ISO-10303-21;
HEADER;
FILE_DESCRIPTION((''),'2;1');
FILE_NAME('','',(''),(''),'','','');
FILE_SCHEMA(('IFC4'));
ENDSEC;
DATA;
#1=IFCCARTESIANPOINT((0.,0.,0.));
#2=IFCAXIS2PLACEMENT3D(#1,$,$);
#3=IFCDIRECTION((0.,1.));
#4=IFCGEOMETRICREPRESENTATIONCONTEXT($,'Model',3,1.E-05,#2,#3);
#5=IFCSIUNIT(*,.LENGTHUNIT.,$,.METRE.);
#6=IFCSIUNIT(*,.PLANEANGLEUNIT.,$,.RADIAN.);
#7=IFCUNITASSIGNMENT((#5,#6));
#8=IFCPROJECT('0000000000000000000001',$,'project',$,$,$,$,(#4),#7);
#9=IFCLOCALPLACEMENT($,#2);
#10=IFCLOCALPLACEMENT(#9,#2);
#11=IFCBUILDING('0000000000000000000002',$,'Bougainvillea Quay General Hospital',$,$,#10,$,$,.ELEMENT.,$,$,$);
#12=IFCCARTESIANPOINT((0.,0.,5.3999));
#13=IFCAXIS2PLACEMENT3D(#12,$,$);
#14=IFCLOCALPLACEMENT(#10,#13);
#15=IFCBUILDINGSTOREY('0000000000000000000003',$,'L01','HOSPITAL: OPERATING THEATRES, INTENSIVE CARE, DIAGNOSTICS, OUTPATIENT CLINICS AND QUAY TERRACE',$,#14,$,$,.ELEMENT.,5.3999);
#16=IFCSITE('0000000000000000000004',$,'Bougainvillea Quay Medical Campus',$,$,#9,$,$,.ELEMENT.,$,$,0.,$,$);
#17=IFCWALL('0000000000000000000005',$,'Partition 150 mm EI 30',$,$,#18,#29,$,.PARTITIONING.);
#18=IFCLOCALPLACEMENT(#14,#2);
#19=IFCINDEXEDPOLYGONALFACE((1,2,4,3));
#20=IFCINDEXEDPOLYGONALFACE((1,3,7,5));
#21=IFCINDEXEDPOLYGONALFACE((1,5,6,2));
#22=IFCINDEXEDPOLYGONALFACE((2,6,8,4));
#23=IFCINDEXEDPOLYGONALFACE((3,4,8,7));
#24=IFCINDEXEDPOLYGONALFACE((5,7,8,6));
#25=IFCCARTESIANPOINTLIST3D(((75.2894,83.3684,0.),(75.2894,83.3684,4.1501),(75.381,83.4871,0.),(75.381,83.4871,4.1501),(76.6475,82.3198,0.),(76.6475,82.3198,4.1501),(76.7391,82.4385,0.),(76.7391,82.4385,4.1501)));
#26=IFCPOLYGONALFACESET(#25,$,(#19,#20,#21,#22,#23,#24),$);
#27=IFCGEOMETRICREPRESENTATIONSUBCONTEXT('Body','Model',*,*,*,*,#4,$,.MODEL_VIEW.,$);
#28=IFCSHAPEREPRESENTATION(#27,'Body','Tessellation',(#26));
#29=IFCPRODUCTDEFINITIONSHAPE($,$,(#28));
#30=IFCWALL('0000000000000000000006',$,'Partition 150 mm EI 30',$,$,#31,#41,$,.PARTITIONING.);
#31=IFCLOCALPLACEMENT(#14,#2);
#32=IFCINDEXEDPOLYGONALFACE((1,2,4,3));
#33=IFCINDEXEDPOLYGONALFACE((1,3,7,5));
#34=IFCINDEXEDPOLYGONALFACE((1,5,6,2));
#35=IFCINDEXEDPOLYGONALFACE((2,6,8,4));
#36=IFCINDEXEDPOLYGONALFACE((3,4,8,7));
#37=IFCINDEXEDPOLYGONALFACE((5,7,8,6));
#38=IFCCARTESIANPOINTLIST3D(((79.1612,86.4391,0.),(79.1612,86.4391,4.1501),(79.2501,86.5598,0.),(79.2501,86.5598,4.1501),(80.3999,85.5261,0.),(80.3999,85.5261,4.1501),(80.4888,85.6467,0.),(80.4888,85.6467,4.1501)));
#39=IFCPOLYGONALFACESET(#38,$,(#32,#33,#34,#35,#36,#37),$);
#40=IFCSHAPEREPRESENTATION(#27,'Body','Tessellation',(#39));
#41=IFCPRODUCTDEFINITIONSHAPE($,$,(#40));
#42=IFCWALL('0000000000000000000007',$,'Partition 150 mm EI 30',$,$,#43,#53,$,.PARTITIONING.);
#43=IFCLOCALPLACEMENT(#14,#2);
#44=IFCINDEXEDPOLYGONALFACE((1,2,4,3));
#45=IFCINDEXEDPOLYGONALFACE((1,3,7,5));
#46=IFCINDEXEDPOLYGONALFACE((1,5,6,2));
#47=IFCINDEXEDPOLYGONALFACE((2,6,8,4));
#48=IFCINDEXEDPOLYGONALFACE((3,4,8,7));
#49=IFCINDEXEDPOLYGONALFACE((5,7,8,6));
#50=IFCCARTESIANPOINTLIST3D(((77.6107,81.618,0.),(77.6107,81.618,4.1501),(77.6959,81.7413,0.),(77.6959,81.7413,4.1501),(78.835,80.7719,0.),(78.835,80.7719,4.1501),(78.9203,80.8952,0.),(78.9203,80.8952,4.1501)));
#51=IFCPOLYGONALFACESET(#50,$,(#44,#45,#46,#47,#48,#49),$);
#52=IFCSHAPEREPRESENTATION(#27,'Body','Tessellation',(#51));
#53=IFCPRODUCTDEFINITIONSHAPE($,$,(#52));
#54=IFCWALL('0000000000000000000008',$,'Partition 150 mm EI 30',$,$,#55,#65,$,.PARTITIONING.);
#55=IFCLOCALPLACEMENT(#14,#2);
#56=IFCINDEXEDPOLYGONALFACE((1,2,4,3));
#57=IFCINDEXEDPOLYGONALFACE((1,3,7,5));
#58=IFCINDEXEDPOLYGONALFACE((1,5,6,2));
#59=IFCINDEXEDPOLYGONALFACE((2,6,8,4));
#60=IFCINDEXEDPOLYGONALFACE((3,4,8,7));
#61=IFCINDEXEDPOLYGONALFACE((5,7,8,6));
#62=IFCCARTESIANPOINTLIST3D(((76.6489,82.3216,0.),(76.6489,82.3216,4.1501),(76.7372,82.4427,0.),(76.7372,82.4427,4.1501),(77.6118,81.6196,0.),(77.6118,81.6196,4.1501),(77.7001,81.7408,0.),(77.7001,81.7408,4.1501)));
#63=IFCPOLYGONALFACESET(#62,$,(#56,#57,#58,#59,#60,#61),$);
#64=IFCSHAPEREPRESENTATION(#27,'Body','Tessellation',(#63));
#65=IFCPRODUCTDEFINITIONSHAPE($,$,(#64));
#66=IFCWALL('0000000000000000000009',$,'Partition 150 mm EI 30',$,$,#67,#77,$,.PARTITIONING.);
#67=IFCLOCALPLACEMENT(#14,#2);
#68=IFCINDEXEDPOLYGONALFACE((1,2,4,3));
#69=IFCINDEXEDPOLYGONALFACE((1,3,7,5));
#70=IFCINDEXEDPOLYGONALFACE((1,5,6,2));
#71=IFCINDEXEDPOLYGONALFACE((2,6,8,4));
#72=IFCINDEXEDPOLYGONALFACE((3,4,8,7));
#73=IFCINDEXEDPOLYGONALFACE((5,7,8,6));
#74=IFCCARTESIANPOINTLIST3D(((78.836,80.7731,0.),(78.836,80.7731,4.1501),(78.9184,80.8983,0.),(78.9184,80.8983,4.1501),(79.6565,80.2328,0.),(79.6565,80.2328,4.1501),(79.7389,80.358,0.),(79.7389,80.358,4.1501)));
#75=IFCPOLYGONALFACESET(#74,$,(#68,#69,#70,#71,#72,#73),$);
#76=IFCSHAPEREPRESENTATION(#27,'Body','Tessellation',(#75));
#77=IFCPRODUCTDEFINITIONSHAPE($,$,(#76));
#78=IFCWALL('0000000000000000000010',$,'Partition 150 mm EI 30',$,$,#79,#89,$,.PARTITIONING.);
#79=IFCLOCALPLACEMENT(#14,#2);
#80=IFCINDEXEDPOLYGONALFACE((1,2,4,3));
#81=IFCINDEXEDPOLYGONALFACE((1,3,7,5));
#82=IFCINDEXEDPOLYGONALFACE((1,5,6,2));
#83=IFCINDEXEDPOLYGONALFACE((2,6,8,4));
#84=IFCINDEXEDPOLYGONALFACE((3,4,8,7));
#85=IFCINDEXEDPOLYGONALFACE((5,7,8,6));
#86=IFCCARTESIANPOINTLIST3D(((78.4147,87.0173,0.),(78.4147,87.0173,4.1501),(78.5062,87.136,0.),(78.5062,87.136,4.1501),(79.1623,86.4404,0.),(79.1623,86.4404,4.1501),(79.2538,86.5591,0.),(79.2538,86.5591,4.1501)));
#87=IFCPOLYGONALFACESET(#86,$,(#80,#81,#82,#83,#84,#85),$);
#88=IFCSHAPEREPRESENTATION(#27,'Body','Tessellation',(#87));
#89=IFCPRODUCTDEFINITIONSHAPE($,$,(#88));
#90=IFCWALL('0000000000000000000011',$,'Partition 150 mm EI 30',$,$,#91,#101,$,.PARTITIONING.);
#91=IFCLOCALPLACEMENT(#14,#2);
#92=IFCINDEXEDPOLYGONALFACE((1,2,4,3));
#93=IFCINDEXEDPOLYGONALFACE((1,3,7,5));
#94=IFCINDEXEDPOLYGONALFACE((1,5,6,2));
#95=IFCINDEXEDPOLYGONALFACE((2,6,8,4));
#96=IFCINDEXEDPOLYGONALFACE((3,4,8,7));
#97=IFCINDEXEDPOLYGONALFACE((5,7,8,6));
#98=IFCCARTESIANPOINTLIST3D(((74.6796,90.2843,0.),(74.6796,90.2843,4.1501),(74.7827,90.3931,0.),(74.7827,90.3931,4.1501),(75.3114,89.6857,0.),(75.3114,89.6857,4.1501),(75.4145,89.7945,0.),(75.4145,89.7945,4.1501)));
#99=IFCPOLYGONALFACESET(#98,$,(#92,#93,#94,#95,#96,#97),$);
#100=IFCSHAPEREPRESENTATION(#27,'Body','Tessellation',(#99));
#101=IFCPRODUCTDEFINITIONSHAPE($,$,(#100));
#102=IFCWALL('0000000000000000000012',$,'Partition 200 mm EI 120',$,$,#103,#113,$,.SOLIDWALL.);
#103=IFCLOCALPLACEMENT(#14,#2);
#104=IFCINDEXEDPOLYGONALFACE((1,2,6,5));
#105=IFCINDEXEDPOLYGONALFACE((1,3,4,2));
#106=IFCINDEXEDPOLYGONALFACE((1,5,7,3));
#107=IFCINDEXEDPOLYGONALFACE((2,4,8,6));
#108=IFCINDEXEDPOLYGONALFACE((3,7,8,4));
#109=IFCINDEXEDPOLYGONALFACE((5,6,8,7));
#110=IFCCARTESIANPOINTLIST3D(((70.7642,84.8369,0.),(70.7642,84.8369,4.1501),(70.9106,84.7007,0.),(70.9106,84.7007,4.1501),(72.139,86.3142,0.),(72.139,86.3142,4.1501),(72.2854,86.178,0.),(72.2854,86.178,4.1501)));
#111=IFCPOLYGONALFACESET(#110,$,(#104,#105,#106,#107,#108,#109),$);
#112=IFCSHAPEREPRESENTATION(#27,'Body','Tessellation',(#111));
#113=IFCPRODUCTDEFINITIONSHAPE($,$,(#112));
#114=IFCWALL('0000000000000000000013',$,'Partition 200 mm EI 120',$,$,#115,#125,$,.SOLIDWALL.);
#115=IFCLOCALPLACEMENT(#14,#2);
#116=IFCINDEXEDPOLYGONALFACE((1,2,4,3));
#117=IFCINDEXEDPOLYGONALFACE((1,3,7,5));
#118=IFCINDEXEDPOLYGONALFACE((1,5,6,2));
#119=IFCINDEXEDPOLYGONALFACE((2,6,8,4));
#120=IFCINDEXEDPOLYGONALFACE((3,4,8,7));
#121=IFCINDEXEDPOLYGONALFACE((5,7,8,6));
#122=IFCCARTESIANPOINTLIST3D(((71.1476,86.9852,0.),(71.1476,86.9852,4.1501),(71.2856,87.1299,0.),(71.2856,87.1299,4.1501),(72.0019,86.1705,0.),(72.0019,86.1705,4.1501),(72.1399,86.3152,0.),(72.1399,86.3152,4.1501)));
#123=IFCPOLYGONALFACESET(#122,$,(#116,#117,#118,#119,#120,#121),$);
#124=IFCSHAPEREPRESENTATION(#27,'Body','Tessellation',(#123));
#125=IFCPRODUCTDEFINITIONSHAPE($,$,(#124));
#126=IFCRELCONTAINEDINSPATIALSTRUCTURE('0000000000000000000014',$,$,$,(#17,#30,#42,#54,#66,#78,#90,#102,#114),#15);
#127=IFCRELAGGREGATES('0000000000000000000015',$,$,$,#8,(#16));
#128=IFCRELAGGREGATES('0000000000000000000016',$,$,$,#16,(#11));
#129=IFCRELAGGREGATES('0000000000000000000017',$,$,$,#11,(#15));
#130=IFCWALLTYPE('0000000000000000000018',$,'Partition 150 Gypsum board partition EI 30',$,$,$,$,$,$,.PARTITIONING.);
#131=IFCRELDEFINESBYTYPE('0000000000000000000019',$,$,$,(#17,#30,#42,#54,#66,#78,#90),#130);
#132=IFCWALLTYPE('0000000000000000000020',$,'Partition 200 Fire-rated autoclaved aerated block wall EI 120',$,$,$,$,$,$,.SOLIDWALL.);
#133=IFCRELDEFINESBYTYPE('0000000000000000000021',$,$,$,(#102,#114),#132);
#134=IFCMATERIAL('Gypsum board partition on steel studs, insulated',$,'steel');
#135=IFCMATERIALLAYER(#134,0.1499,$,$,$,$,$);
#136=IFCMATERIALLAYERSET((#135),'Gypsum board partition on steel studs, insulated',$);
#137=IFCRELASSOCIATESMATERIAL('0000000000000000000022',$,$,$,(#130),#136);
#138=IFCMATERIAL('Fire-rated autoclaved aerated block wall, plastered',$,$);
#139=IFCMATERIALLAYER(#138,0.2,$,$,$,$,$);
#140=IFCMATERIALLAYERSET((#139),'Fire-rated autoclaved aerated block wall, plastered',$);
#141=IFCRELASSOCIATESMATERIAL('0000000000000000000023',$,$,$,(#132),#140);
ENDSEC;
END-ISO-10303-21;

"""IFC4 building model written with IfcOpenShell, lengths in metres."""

from ifc_helpers import new_model, si_unit, direction, frame, frame_2d, origin, place, context, subcontext, project, spatial, rectangle, extrude, material, layer, layer_set, type_object, element, save


model = new_model("IFC4")

# Units and contexts
model_context = context("Model", 3, precision=1e-05, world=origin(), true_north=direction((0.0, 1.0)))
body_context = subcontext(model_context, "Body", "Model", "MODEL_VIEW")
ifc_project = project(units=[si_unit("LENGTHUNIT", "METRE"), si_unit("PLANEANGLEUNIT", "RADIAN")], contexts=[model_context])

# Site, building, storey
site_placement = place(None, origin())
site = spatial("IfcSite", under=ifc_project, at=site_placement, Name="Bougainvillea Quay Medical Campus", CompositionType="ELEMENT", RefElevation=0.0)
building_placement = place(site_placement, origin())
building = spatial("IfcBuilding", under=site, at=building_placement, Name="Bougainvillea Quay General Hospital", CompositionType="ELEMENT")
storey_placement = place(building_placement, frame((0.0, 0.0, 5.3999)))
storey = spatial("IfcBuildingStorey", under=building, at=storey_placement, Name="L01", Description="HOSPITAL: OPERATING THEATRES, INTENSIVE CARE, DIAGNOSTICS, OUTPATIENT CLINICS AND QUAY TERRACE", CompositionType="ELEMENT", Elevation=5.3999)

# Shared definitions
ifc_material_1 = material(Name="Gypsum board partition on steel studs, insulated", Category="steel")
ifc_layer_1 = layer(ifc_material_1, 0.1499)
ifc_layer_set_1 = layer_set([ifc_layer_1], Name="Gypsum board partition on steel studs, insulated")
wall_type_1 = type_object("IfcWallType", Name="Partition 150 Gypsum board partition EI 30", PredefinedType="PARTITIONING", material=ifc_layer_set_1)

# Walls
wall_1_placement = place(storey_placement, frame((75.3352, 83.4277, 0.0), z_axis=(0.0, 0.0, 1.0), x_axis=(0.791538, -0.611119, 0.0)))
element("IfcWall", 1, at=wall_1_placement, inside=storey, type_object=wall_type_1, Name="Partition 150 mm EI 30", PredefinedType="PARTITIONING", context=body_context, shape_type="SweptSolid", body=[
    extrude(rectangle(XDim=1.7158, YDim=0.1499, at=frame_2d((0.8579, 0.0))), origin(), (0.0, 0.0, 1.0), 4.1501),
])
wall_2_placement = place(storey_placement, frame((79.2056, 86.4995, 0.0), z_axis=(0.0, 0.0, 1.0), x_axis=(0.80496, -0.593329, 0.0)))
element("IfcWall", 2, at=wall_2_placement, inside=storey, type_object=wall_type_1, Name="Partition 150 mm EI 30", PredefinedType="PARTITIONING", context=body_context, shape_type="SweptSolid", body=[
    extrude(rectangle(XDim=1.5388, YDim=0.1499, at=frame_2d((0.7695, 0.0))), origin(), (0.0, 0.0, 1.0), 4.1501),
])
wall_3_placement = place(storey_placement, frame((77.6533, 81.6797, 0.0), z_axis=(0.0, 0.0, 1.0), x_axis=(0.822647, -0.568553, 0.0)))
element("IfcWall", 3, at=wall_3_placement, inside=storey, type_object=wall_type_1, Name="Partition 150 mm EI 30", PredefinedType="PARTITIONING", context=body_context, shape_type="SweptSolid", body=[
    extrude(rectangle(XDim=1.4883, YDim=0.1499, at=frame_2d((0.7441, 0.0))), origin(), (0.0, 0.0, 1.0), 4.1501),
])
wall_4_placement = place(storey_placement, frame((76.6931, 82.3821, 0.0), z_axis=(0.0, 0.0, 1.0), x_axis=(0.808089, -0.589061, 0.0)))
element("IfcWall", 4, at=wall_4_placement, inside=storey, type_object=wall_type_1, Name="Partition 150 mm EI 30", PredefinedType="PARTITIONING", context=body_context, shape_type="SweptSolid", body=[
    extrude(rectangle(XDim=1.1917, YDim=0.1499, at=frame_2d((0.5957, 0.0))), origin(), (0.0, 0.0, 1.0), 4.1501),
])
wall_5_placement = place(storey_placement, frame((78.8772, 80.8357, 0.0), z_axis=(0.0, 0.0, 1.0), x_axis=(0.83521, -0.549931, 0.0)))
element("IfcWall", 5, at=wall_5_placement, inside=storey, type_object=wall_type_1, Name="Partition 150 mm EI 30", PredefinedType="PARTITIONING", context=body_context, shape_type="SweptSolid", body=[
    extrude(rectangle(XDim=0.9824, YDim=0.1499, at=frame_2d((0.4912, 0.0))), origin(), (0.0, 0.0, 1.0), 4.1501),
])
wall_6_placement = place(storey_placement, frame((78.4604, 87.0767, 0.0), z_axis=(0.0, 0.0, 1.0), x_axis=(0.791671, -0.610947, 0.0)))
element("IfcWall", 6, at=wall_6_placement, inside=storey, type_object=wall_type_1, Name="Partition 150 mm EI 30", PredefinedType="PARTITIONING", context=body_context, shape_type="SweptSolid", body=[
    extrude(rectangle(XDim=0.9443, YDim=0.1499, at=frame_2d((0.4722, 0.0))), origin(), (0.0, 0.0, 1.0), 4.1501),
])
wall_7_placement = place(storey_placement, frame((74.7312, 90.3386, 0.0), z_axis=(0.0, 0.0, 1.0), x_axis=(0.725923, -0.687776, 0.0)))
element("IfcWall", 7, at=wall_7_placement, inside=storey, type_object=wall_type_1, Name="Partition 150 mm EI 30", PredefinedType="PARTITIONING", context=body_context, shape_type="SweptSolid", body=[
    extrude(rectangle(XDim=0.8704, YDim=0.1499, at=frame_2d((0.4351, 0.0))), origin(), (0.0, 0.0, 1.0), 4.1501),
])
ifc_material_2 = material(Name="Fire-rated autoclaved aerated block wall, plastered")
ifc_layer_2 = layer(ifc_material_2, 0.2)
ifc_layer_set_2 = layer_set([ifc_layer_2], Name="Fire-rated autoclaved aerated block wall, plastered")
wall_type_2 = type_object("IfcWallType", Name="Partition 200 Fire-rated autoclaved aerated block wall EI 120", PredefinedType="SOLIDWALL", material=ifc_layer_set_2)
wall_8_placement = place(storey_placement, frame((70.8374, 84.7688, 0.0), z_axis=(0.0, 0.0, 1.0), x_axis=(0.681244, 0.732056, 0.0)))
element("IfcWall", 8, at=wall_8_placement, inside=storey, type_object=wall_type_2, Name="Partition 200 mm EI 120", PredefinedType="SOLIDWALL", context=body_context, shape_type="SweptSolid", body=[
    extrude(rectangle(XDim=2.0181, YDim=0.2, at=frame_2d((1.009, 0.0))), origin(), (0.0, 0.0, 1.0), 4.1501),
])
wall_9_placement = place(storey_placement, frame((71.2166, 87.0576, 0.0), z_axis=(0.0, 0.0, 1.0), x_axis=(0.723661, -0.690156, 0.0)))
element("IfcWall", 9, at=wall_9_placement, inside=storey, type_object=wall_type_2, Name="Partition 200 mm EI 120", PredefinedType="SOLIDWALL", context=body_context, shape_type="SweptSolid", body=[
    extrude(rectangle(XDim=1.1804, YDim=0.2, at=frame_2d((0.5903, 0.0))), origin(), (0.0, 0.0, 1.0), 4.1501),
])

save(model, "model.ifc")
